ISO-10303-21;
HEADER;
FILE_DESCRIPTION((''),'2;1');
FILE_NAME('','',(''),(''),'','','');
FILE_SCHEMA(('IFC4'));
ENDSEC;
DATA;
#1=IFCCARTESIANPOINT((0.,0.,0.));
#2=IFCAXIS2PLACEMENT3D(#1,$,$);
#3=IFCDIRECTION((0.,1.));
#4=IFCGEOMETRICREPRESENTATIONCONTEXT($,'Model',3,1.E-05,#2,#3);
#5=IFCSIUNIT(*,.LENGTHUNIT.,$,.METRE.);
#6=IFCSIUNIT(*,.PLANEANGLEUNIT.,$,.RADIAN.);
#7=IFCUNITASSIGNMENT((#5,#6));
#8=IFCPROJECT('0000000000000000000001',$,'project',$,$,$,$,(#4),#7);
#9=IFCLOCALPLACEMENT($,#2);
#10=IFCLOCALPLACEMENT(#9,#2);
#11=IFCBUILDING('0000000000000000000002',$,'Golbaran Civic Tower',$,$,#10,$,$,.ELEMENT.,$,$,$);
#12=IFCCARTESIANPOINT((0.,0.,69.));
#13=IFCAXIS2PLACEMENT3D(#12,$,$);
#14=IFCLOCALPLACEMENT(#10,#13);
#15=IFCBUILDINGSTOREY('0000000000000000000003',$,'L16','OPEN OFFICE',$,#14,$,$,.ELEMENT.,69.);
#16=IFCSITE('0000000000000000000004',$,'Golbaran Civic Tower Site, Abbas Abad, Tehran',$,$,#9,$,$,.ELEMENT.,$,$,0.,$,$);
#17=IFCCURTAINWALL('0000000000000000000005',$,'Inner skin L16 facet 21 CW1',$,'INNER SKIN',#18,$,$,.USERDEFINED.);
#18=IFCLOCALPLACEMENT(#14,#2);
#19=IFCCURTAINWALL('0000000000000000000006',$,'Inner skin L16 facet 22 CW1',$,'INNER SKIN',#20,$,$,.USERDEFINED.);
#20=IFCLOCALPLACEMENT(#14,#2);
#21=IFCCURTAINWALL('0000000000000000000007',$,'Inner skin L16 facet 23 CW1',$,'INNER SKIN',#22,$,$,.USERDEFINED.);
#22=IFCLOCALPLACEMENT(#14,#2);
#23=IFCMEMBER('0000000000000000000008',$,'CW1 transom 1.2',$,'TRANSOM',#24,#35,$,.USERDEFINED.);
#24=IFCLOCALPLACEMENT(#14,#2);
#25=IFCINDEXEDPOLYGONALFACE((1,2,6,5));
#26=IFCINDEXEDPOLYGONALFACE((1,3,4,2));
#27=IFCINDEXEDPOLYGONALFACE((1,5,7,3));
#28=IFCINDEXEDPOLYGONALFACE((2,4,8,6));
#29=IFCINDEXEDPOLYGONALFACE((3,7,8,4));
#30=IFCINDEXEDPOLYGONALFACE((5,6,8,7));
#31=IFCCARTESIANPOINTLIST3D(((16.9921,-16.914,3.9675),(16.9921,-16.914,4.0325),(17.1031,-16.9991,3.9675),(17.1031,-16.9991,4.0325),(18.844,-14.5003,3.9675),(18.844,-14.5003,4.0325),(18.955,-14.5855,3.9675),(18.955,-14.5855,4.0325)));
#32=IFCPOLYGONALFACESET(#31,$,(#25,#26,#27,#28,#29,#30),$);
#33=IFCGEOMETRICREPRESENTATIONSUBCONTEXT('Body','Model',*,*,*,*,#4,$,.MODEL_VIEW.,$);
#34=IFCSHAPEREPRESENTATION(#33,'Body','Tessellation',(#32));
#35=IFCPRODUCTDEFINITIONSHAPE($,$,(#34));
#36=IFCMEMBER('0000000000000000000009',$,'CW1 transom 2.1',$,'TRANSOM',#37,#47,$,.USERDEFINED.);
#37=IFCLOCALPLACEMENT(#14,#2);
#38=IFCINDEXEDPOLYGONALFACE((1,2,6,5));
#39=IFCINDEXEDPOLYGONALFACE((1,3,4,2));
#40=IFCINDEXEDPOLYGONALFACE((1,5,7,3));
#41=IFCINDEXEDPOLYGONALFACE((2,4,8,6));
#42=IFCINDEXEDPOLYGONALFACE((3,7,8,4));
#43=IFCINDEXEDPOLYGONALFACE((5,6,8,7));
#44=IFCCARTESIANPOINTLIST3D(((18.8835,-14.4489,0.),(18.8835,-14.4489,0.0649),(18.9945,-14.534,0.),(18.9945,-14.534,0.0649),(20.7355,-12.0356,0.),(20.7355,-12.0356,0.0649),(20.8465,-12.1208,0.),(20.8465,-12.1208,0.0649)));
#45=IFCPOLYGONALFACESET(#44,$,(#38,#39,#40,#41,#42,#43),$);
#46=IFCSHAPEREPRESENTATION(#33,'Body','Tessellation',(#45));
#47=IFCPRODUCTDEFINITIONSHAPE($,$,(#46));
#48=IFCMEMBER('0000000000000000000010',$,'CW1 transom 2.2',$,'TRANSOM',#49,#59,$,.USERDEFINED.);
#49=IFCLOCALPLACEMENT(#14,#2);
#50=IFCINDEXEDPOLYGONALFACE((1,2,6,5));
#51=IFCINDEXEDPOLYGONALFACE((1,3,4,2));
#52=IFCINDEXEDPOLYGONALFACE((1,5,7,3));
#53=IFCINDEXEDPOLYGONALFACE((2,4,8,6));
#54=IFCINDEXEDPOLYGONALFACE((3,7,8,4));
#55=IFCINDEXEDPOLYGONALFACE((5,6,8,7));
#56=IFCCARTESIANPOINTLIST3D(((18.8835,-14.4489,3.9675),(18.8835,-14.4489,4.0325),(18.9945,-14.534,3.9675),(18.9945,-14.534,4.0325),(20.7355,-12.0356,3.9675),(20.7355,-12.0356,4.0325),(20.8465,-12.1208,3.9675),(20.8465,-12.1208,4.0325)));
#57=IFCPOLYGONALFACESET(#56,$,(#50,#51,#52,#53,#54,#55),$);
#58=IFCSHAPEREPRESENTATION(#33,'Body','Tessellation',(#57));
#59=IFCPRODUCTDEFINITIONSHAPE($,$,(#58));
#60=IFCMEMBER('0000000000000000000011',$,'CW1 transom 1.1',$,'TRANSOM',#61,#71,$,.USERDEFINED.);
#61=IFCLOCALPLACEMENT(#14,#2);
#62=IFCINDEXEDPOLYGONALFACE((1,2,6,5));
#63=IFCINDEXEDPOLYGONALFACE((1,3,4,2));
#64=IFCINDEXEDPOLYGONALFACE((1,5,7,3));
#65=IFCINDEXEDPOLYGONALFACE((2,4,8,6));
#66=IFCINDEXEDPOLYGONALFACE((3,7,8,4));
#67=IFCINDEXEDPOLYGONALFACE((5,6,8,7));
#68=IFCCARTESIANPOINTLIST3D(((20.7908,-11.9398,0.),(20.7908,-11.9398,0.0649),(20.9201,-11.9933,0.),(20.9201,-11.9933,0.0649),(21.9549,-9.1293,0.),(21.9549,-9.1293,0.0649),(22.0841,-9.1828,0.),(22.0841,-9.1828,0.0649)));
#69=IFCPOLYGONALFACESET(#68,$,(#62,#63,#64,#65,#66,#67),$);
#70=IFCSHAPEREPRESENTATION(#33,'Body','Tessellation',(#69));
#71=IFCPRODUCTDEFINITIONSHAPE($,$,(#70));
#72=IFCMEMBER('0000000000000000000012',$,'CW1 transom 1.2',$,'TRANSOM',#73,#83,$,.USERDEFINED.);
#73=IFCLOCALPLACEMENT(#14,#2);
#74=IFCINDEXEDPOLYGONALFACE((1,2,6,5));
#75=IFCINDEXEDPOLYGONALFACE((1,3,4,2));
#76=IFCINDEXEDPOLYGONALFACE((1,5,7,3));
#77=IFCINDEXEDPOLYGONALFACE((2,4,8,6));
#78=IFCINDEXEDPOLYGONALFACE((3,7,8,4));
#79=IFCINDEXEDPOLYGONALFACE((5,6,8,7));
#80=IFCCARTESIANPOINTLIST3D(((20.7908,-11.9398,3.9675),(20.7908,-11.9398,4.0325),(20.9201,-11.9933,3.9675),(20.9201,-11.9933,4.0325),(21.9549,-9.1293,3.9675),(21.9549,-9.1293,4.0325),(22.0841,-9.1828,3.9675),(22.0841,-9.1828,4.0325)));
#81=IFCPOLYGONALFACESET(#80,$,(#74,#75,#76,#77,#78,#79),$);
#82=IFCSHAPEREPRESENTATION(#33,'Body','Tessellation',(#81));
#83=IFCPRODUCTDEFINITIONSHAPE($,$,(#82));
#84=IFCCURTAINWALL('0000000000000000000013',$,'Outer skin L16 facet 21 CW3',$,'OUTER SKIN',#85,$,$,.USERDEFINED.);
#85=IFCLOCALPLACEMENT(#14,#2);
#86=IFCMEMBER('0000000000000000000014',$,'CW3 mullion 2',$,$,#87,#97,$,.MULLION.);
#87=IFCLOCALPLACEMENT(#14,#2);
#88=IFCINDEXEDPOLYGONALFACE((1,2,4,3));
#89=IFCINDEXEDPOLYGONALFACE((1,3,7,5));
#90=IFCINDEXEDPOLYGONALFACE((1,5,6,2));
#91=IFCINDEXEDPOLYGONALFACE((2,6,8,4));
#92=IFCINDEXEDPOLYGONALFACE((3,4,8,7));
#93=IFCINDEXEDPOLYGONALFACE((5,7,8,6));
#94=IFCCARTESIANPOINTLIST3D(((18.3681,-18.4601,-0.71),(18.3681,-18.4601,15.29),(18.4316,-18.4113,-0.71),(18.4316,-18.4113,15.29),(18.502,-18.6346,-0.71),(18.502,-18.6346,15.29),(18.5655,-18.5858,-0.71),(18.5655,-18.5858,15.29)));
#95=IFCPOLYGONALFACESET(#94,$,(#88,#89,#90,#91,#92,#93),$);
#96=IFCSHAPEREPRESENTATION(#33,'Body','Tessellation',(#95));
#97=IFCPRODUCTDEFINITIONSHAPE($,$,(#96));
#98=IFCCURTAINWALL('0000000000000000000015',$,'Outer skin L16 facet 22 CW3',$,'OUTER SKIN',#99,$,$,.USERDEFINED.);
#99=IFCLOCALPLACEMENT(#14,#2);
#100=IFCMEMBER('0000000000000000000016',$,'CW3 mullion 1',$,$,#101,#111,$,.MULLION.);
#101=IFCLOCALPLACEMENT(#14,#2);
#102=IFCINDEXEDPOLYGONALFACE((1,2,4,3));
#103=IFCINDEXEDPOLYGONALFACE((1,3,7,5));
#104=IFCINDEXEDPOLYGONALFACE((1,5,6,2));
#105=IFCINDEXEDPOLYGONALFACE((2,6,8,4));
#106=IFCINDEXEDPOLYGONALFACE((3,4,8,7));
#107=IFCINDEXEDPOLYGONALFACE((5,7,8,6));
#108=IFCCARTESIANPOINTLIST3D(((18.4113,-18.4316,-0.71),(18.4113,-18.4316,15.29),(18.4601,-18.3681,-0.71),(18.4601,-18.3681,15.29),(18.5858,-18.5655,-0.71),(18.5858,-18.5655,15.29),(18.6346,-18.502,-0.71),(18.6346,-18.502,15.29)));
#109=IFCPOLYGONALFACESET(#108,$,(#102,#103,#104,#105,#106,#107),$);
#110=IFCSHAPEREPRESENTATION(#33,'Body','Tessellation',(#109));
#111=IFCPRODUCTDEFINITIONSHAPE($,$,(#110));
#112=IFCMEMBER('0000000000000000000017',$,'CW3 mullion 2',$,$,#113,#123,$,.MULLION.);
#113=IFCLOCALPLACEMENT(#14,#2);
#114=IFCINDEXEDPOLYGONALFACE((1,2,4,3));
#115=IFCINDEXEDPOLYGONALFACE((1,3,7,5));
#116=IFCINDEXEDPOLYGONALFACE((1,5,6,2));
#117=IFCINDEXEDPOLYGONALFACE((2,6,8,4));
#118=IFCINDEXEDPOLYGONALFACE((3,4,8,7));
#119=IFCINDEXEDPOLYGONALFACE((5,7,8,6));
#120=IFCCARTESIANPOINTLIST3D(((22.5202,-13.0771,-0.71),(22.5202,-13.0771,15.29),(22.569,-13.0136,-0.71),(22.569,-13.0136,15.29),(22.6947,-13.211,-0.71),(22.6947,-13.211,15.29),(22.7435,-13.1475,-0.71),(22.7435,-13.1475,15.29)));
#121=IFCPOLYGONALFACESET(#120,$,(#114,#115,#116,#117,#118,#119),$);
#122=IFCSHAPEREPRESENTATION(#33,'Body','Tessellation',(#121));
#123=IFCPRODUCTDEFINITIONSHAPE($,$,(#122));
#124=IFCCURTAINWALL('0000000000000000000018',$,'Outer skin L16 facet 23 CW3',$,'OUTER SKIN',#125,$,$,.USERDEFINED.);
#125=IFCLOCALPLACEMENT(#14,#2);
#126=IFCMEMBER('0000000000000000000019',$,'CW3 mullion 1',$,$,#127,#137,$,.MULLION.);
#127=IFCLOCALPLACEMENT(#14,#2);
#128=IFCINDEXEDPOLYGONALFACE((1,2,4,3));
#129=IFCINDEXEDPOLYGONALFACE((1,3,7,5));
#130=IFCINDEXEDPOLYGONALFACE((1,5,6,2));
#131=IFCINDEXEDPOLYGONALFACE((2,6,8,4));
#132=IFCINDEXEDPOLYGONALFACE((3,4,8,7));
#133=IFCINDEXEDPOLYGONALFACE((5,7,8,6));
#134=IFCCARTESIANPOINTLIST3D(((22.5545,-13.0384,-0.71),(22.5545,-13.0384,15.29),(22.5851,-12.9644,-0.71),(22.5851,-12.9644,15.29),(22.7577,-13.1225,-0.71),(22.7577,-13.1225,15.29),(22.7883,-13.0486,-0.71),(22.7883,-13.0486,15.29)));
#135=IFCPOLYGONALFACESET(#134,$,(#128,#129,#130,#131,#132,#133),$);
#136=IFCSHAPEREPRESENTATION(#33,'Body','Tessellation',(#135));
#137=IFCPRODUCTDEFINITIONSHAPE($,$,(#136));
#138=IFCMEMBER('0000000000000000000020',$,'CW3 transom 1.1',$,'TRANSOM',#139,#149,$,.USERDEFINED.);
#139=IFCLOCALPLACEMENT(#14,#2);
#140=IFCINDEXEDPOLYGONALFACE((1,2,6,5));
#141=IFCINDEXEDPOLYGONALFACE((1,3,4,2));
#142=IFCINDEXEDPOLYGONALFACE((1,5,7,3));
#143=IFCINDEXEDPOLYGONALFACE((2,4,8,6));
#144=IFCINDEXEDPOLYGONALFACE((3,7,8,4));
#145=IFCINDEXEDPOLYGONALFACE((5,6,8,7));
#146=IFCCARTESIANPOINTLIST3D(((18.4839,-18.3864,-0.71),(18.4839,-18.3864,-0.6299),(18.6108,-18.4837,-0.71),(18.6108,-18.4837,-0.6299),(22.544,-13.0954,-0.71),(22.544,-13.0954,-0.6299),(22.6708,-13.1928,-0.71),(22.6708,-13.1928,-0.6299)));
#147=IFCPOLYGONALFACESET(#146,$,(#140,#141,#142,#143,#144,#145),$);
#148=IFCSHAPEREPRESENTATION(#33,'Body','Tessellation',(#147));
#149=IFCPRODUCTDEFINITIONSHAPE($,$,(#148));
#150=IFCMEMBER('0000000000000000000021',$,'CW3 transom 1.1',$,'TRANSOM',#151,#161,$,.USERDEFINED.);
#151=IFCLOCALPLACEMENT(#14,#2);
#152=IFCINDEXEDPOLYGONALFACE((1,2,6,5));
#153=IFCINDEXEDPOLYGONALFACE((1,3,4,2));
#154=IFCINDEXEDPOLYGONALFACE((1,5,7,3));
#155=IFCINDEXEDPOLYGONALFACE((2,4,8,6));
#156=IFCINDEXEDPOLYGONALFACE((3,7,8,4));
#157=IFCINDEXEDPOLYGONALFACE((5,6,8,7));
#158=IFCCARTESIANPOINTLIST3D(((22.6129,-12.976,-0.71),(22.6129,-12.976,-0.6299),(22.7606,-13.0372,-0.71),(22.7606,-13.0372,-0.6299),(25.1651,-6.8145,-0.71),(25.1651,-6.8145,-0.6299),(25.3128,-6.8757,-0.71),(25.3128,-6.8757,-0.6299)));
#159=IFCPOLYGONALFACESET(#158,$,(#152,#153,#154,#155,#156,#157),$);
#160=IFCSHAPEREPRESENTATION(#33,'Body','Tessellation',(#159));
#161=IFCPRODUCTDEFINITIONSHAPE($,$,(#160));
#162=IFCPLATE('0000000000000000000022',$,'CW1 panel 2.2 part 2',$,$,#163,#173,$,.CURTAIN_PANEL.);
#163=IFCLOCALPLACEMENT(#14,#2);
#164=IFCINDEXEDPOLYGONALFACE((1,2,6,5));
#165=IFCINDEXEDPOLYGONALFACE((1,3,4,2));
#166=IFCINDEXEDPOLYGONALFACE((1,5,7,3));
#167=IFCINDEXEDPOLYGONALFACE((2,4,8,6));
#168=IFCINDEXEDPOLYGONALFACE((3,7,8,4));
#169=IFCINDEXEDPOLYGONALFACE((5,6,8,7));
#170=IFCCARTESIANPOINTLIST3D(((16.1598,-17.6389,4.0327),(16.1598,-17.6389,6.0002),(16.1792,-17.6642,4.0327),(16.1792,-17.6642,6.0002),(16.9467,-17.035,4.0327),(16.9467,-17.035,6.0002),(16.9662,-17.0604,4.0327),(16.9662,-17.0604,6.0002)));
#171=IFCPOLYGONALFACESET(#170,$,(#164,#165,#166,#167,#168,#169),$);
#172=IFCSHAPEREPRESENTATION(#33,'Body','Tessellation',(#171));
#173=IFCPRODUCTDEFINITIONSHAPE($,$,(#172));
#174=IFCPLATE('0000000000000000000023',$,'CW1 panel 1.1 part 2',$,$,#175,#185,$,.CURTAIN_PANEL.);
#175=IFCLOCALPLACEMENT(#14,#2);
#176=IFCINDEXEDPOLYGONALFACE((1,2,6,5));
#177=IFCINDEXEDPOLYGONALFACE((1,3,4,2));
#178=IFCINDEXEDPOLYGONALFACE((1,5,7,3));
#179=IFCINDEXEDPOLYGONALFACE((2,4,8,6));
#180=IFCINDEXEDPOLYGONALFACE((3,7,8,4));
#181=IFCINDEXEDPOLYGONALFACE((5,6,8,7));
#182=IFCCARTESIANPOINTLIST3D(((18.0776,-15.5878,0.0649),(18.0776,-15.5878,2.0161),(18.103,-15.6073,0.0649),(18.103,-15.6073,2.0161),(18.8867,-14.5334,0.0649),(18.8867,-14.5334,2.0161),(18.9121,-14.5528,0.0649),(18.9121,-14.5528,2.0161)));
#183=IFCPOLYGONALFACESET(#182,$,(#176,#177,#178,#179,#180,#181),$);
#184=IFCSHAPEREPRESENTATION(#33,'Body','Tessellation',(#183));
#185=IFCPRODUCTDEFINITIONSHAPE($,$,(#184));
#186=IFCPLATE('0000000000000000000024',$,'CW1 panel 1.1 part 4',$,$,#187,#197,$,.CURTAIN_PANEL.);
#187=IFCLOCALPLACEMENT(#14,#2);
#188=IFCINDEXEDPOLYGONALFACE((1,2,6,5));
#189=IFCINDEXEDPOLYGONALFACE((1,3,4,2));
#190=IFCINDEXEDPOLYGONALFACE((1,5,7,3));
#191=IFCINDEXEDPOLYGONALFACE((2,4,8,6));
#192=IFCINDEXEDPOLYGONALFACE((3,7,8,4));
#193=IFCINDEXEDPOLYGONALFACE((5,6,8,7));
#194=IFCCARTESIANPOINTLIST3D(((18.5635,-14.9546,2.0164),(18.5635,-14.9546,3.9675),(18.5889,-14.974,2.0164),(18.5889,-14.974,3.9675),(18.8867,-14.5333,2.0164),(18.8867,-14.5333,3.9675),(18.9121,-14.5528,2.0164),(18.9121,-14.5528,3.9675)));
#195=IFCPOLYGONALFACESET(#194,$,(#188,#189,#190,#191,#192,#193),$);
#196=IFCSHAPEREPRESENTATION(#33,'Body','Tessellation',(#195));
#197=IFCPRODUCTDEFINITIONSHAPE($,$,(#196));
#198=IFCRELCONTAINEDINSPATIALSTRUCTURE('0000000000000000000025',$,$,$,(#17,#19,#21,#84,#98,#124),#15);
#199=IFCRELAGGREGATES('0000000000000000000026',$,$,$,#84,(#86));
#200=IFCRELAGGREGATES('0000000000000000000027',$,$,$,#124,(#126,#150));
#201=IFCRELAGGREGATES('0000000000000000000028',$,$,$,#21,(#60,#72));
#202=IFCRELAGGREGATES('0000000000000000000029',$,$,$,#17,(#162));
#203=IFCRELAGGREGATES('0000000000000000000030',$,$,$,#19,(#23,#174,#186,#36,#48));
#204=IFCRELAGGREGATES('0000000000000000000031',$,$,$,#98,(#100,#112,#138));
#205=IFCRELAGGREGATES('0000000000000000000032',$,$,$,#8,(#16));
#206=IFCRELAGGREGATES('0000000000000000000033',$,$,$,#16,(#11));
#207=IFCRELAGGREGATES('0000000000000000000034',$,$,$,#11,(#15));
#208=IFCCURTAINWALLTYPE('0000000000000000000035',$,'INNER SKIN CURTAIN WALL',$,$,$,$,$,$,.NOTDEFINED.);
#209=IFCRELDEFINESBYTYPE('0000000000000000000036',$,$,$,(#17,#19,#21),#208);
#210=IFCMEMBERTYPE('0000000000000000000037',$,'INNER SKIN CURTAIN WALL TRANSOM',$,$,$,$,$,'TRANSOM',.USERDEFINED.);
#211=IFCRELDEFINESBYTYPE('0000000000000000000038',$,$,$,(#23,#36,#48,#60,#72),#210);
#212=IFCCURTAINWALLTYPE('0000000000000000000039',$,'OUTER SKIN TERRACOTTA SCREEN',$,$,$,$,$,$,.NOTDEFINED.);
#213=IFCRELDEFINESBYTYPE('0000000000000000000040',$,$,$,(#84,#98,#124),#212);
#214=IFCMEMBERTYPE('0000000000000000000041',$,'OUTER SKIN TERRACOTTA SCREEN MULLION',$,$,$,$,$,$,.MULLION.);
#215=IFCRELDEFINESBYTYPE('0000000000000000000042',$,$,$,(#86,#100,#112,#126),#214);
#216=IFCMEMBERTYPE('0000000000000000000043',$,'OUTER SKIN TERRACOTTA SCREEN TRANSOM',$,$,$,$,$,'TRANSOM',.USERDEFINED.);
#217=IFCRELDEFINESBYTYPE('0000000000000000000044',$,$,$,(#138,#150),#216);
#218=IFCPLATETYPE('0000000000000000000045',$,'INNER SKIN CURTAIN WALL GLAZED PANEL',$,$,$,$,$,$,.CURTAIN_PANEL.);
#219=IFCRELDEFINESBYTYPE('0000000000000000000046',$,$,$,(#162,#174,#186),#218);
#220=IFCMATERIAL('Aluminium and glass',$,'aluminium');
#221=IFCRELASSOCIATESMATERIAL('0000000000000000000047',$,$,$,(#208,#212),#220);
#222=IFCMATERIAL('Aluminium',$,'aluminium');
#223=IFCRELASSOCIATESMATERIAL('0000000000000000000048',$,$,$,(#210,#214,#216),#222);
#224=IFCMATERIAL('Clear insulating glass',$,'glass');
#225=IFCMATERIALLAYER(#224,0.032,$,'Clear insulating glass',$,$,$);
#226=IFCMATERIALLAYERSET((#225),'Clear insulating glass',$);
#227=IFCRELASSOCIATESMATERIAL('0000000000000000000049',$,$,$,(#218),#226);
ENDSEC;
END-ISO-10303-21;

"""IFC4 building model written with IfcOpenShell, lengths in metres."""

from ifc_helpers import new_model, si_unit, direction, frame, origin, origin_2d, place, context, subcontext, project, spatial, rectangle, extrude, material, layer, layer_set, material_profile, profile_set, type_object, element, aggregate, save


model = new_model("IFC4")

# Units and contexts
model_context = context("Model", 3, precision=1e-05, world=origin(), true_north=direction((0.0, 1.0)))
body_context = subcontext(model_context, "Body", "Model", "MODEL_VIEW")
ifc_project = project(units=[si_unit("LENGTHUNIT", "METRE"), si_unit("PLANEANGLEUNIT", "RADIAN")], contexts=[model_context])

# Site, building, storey
site_placement = place(None, origin())
site = spatial("IfcSite", under=ifc_project, at=site_placement, Name="Golbaran Civic Tower Site, Abbas Abad, Tehran", CompositionType="ELEMENT", RefElevation=0.0)
building_placement = place(site_placement, origin())
building = spatial("IfcBuilding", under=site, at=building_placement, Name="Golbaran Civic Tower", CompositionType="ELEMENT")
storey_placement = place(building_placement, frame((0.0, 0.0, 69.0)))
storey = spatial("IfcBuildingStorey", under=building, at=storey_placement, Name="L16", Description="OPEN OFFICE", CompositionType="ELEMENT", Elevation=69.0)

# Curtain wall
ifc_material_1 = material(Name="Aluminium and glass", Category="aluminium")
curtain_wall_type_1 = type_object("IfcCurtainWallType", Name="INNER SKIN CURTAIN WALL", PredefinedType="NOTDEFINED", material=ifc_material_1)
curtain_wall_1_placement = place(storey_placement, origin())
curtain_wall_1 = element("IfcCurtainWall", 1, at=curtain_wall_1_placement, inside=storey, type_object=curtain_wall_type_1, Name="Inner skin L16 facet 21 CW1", ObjectType="INNER SKIN", PredefinedType="USERDEFINED")
ifc_material_2 = material(Name="Aluminium", Category="aluminium")

# Curtain wall
curtain_wall_2_placement = place(storey_placement, origin())
curtain_wall_2 = element("IfcCurtainWall", 2, at=curtain_wall_2_placement, inside=storey, type_object=curtain_wall_type_1, Name="Inner skin L16 facet 22 CW1", ObjectType="INNER SKIN", PredefinedType="USERDEFINED")

# Curtain wall
curtain_wall_3_placement = place(storey_placement, origin())
curtain_wall_3 = element("IfcCurtainWall", 3, at=curtain_wall_3_placement, inside=storey, type_object=curtain_wall_type_1, Name="Inner skin L16 facet 23 CW1", ObjectType="INNER SKIN", PredefinedType="USERDEFINED")

# Members
ifc_material_profile_1 = material_profile(ifc_material_2, rectangle(XDim=0.1399, YDim=0.0649, at=origin_2d()), Name="INNER SKIN CURTAIN WALL TRANSOM")
ifc_profile_set_1 = profile_set([ifc_material_profile_1], Name="Aluminium")
member_type_1 = type_object("IfcMemberType", Name="INNER SKIN CURTAIN WALL TRANSOM", ElementType="TRANSOM", PredefinedType="USERDEFINED", material=ifc_profile_set_1)
member_1_placement = place(storey_placement, frame((17.0476, -16.9565, 4.0), z_axis=(0.608721, 0.793384, 0.0), x_axis=(-0.793384, 0.608721, 0.0)))
member_1 = element("IfcMember", 4, at=member_1_placement, type_object=member_type_1, Name="CW1 transom 1.2", ObjectType="TRANSOM", PredefinedType="USERDEFINED", context=body_context, shape_type="SweptSolid", body=[
    extrude(rectangle(XDim=0.1399, YDim=0.0649, at=origin_2d()), origin(), (0.0, 0.0, 1.0), 3.0422),
])
member_2_placement = place(storey_placement, frame((18.939, -14.4915, 0.0325), z_axis=(0.608811, 0.793316, 0.0), x_axis=(-0.793316, 0.608811, 0.0)))
member_2 = element("IfcMember", 5, at=member_2_placement, type_object=member_type_1, Name="CW1 transom 2.1", ObjectType="TRANSOM", PredefinedType="USERDEFINED", context=body_context, shape_type="SweptSolid", body=[
    extrude(rectangle(XDim=0.1399, YDim=0.0649, at=origin_2d()), origin(), (0.0, 0.0, 1.0), 3.042),
])
member_3_placement = place(storey_placement, frame((18.939, -14.4915, 4.0), z_axis=(0.608811, 0.793316, 0.0), x_axis=(-0.793316, 0.608811, 0.0)))
member_3 = element("IfcMember", 6, at=member_3_placement, type_object=member_type_1, Name="CW1 transom 2.2", ObjectType="TRANSOM", PredefinedType="USERDEFINED", context=body_context, shape_type="SweptSolid", body=[
    extrude(rectangle(XDim=0.1399, YDim=0.0649, at=origin_2d()), origin(), (0.0, 0.0, 1.0), 3.042),
])
member_4_placement = place(storey_placement, frame((20.8555, -11.9666, 0.0325), z_axis=(0.382654, 0.923892, 0.0), x_axis=(-0.923892, 0.382654, 0.0)))
member_4 = element("IfcMember", 7, at=member_4_placement, type_object=member_type_1, Name="CW1 transom 1.1", ObjectType="TRANSOM", PredefinedType="USERDEFINED", context=body_context, shape_type="SweptSolid", body=[
    extrude(rectangle(XDim=0.1399, YDim=0.0649, at=origin_2d()), origin(), (0.0, 0.0, 1.0), 3.042),
])
member_5_placement = place(storey_placement, frame((20.8555, -11.9666, 4.0), z_axis=(0.382654, 0.923892, 0.0), x_axis=(-0.923892, 0.382654, 0.0)))
member_5 = element("IfcMember", 8, at=member_5_placement, type_object=member_type_1, Name="CW1 transom 1.2", ObjectType="TRANSOM", PredefinedType="USERDEFINED", context=body_context, shape_type="SweptSolid", body=[
    extrude(rectangle(XDim=0.1399, YDim=0.0649, at=origin_2d()), origin(), (0.0, 0.0, 1.0), 3.042),
])

# Curtain wall, member
curtain_wall_type_2 = type_object("IfcCurtainWallType", Name="OUTER SKIN TERRACOTTA SCREEN", PredefinedType="NOTDEFINED", material=ifc_material_1)
curtain_wall_4_placement = place(storey_placement, origin())
curtain_wall_4 = element("IfcCurtainWall", 9, at=curtain_wall_4_placement, inside=storey, type_object=curtain_wall_type_2, Name="Outer skin L16 facet 21 CW3", ObjectType="OUTER SKIN", PredefinedType="USERDEFINED")
ifc_material_profile_2 = material_profile(ifc_material_2, rectangle(XDim=0.22, YDim=0.0801, at=origin_2d()), Name="OUTER SKIN TERRACOTTA SCREEN MULLION")
ifc_profile_set_2 = profile_set([ifc_material_profile_2], Name="Aluminium")
member_type_2 = type_object("IfcMemberType", Name="OUTER SKIN TERRACOTTA SCREEN MULLION", PredefinedType="MULLION", material=ifc_profile_set_2)
member_6_placement = place(storey_placement, frame((18.4668, -18.5229, -0.71), z_axis=(0.0, 0.0, 1.0), x_axis=(-0.608761, 0.793353, 0.0)))
member_6 = element("IfcMember", 10, at=member_6_placement, type_object=member_type_2, Name="CW3 mullion 2", PredefinedType="MULLION", context=body_context, shape_type="SweptSolid", body=[
    extrude(rectangle(XDim=0.22, YDim=0.0801, at=origin_2d()), origin(), (0.0, 0.0, 1.0), 16.0),
])
aggregate(curtain_wall_4, [member_6])

# Curtain wall, members
curtain_wall_5_placement = place(storey_placement, origin())
curtain_wall_5 = element("IfcCurtainWall", 11, at=curtain_wall_5_placement, inside=storey, type_object=curtain_wall_type_2, Name="Outer skin L16 facet 22 CW3", ObjectType="OUTER SKIN", PredefinedType="USERDEFINED")
member_7_placement = place(storey_placement, frame((18.5229, -18.4668, -0.71), z_axis=(0.0, 0.0, 1.0), x_axis=(-0.793353, 0.608761, 0.0)))
member_7 = element("IfcMember", 12, at=member_7_placement, type_object=member_type_2, Name="CW3 mullion 1", PredefinedType="MULLION", context=body_context, shape_type="SweptSolid", body=[
    extrude(rectangle(XDim=0.22, YDim=0.0801, at=origin_2d()), origin(), (0.0, 0.0, 1.0), 16.0),
])
member_8_placement = place(storey_placement, frame((22.6318, -13.1123, -0.71), z_axis=(0.0, 0.0, 1.0), x_axis=(-0.793353, 0.608761, 0.0)))
member_8 = element("IfcMember", 13, at=member_8_placement, type_object=member_type_2, Name="CW3 mullion 2", PredefinedType="MULLION", context=body_context, shape_type="SweptSolid", body=[
    extrude(rectangle(XDim=0.22, YDim=0.0801, at=origin_2d()), origin(), (0.0, 0.0, 1.0), 16.0),
])

# Curtain wall, member
curtain_wall_6_placement = place(storey_placement, origin())
curtain_wall_6 = element("IfcCurtainWall", 14, at=curtain_wall_6_placement, inside=storey, type_object=curtain_wall_type_2, Name="Outer skin L16 facet 23 CW3", ObjectType="OUTER SKIN", PredefinedType="USERDEFINED")
member_9_placement = place(storey_placement, frame((22.6714, -13.0435, -0.71), z_axis=(0.0, 0.0, 1.0), x_axis=(-0.92388, 0.382683, 0.0)))
member_9 = element("IfcMember", 15, at=member_9_placement, type_object=member_type_2, Name="CW3 mullion 1", PredefinedType="MULLION", context=body_context, shape_type="SweptSolid", body=[
    extrude(rectangle(XDim=0.22, YDim=0.0801, at=origin_2d()), origin(), (0.0, 0.0, 1.0), 16.0),
])

# Members
ifc_material_profile_3 = material_profile(ifc_material_2, rectangle(XDim=0.1599, YDim=0.0801, at=origin_2d()), Name="OUTER SKIN TERRACOTTA SCREEN TRANSOM")
ifc_profile_set_3 = profile_set([ifc_material_profile_3], Name="Aluminium")
member_type_3 = type_object("IfcMemberType", Name="OUTER SKIN TERRACOTTA SCREEN TRANSOM", ElementType="TRANSOM", PredefinedType="USERDEFINED", material=ifc_profile_set_3)
member_10_placement = place(storey_placement, frame((18.5474, -18.4351, -0.6699), z_axis=(0.608773, 0.793345, 0.0), x_axis=(-0.793345, 0.608773, 0.0)))
member_10 = element("IfcMember", 16, at=member_10_placement, type_object=member_type_3, Name="CW3 transom 1.1", ObjectType="TRANSOM", PredefinedType="USERDEFINED", context=body_context, shape_type="SweptSolid", body=[
    extrude(rectangle(XDim=0.1599, YDim=0.0801, at=origin_2d()), origin(), (0.0, 0.0, 1.0), 6.6692),
])
member_11_placement = place(storey_placement, frame((22.6868, -13.0066, -0.6699), z_axis=(0.382686, 0.923879, 0.0), x_axis=(-0.923879, 0.382686, 0.0)))
member_11 = element("IfcMember", 17, at=member_11_placement, type_object=member_type_3, Name="CW3 transom 1.1", ObjectType="TRANSOM", PredefinedType="USERDEFINED", context=body_context, shape_type="SweptSolid", body=[
    extrude(rectangle(XDim=0.1599, YDim=0.0801, at=origin_2d()), origin(), (0.0, 0.0, 1.0), 6.6692),
])
aggregate(curtain_wall_6, [member_9, member_11])

# Plates
ifc_material_3 = material(Name="Clear insulating glass", Category="glass")
ifc_layer_1 = layer(ifc_material_3, 0.032, Name="Clear insulating glass")
ifc_layer_set_1 = layer_set([ifc_layer_1], Name="Clear insulating glass")
plate_type_1 = type_object("IfcPlateType", Name="INNER SKIN CURTAIN WALL GLAZED PANEL", PredefinedType="CURTAIN_PANEL", material=ifc_layer_set_1)
plate_1_placement = place(storey_placement, frame((16.563, -17.3496, 4.0327), z_axis=(0.0, 0.0, 1.0), x_axis=(0.793353, 0.608761, 0.0)))
plate_1 = element("IfcPlate", 18, at=plate_1_placement, type_object=plate_type_1, Name="CW1 panel 2.2 part 2", PredefinedType="CURTAIN_PANEL", context=body_context, shape_type="SweptSolid", body=[
    extrude(rectangle(XDim=0.9919, YDim=0.032, at=origin_2d()), origin(), (0.0, 0.0, 1.0), 1.9675),
])
plate_2_placement = place(storey_placement, frame((18.4949, -15.0703, 0.0649), z_axis=(0.0, 0.0, 1.0), x_axis=(0.608761, 0.793353, 0.0)))
plate_2 = element("IfcPlate", 19, at=plate_2_placement, type_object=plate_type_1, Name="CW1 panel 1.1 part 2", PredefinedType="CURTAIN_PANEL", context=body_context, shape_type="SweptSolid", body=[
    extrude(rectangle(XDim=1.3291, YDim=0.032, at=origin_2d()), origin(), (0.0, 0.0, 1.0), 1.9512),
])
plate_3_placement = place(storey_placement, frame((18.7378, -14.7537, 2.0164), z_axis=(0.0, 0.0, 1.0), x_axis=(0.608761, 0.793353, 0.0)))
plate_3 = element("IfcPlate", 20, at=plate_3_placement, type_object=plate_type_1, Name="CW1 panel 1.1 part 4", PredefinedType="CURTAIN_PANEL", context=body_context, shape_type="SweptSolid", body=[
    extrude(rectangle(XDim=0.531, YDim=0.032, at=origin_2d()), origin(), (0.0, 0.0, 1.0), 1.9512),
])
aggregate(curtain_wall_3, [member_4, member_5])
aggregate(curtain_wall_1, [plate_1])
aggregate(curtain_wall_2, [member_1, plate_2, plate_3, member_2, member_3])
aggregate(curtain_wall_5, [member_7, member_8, member_10])

save(model, "model.ifc")
